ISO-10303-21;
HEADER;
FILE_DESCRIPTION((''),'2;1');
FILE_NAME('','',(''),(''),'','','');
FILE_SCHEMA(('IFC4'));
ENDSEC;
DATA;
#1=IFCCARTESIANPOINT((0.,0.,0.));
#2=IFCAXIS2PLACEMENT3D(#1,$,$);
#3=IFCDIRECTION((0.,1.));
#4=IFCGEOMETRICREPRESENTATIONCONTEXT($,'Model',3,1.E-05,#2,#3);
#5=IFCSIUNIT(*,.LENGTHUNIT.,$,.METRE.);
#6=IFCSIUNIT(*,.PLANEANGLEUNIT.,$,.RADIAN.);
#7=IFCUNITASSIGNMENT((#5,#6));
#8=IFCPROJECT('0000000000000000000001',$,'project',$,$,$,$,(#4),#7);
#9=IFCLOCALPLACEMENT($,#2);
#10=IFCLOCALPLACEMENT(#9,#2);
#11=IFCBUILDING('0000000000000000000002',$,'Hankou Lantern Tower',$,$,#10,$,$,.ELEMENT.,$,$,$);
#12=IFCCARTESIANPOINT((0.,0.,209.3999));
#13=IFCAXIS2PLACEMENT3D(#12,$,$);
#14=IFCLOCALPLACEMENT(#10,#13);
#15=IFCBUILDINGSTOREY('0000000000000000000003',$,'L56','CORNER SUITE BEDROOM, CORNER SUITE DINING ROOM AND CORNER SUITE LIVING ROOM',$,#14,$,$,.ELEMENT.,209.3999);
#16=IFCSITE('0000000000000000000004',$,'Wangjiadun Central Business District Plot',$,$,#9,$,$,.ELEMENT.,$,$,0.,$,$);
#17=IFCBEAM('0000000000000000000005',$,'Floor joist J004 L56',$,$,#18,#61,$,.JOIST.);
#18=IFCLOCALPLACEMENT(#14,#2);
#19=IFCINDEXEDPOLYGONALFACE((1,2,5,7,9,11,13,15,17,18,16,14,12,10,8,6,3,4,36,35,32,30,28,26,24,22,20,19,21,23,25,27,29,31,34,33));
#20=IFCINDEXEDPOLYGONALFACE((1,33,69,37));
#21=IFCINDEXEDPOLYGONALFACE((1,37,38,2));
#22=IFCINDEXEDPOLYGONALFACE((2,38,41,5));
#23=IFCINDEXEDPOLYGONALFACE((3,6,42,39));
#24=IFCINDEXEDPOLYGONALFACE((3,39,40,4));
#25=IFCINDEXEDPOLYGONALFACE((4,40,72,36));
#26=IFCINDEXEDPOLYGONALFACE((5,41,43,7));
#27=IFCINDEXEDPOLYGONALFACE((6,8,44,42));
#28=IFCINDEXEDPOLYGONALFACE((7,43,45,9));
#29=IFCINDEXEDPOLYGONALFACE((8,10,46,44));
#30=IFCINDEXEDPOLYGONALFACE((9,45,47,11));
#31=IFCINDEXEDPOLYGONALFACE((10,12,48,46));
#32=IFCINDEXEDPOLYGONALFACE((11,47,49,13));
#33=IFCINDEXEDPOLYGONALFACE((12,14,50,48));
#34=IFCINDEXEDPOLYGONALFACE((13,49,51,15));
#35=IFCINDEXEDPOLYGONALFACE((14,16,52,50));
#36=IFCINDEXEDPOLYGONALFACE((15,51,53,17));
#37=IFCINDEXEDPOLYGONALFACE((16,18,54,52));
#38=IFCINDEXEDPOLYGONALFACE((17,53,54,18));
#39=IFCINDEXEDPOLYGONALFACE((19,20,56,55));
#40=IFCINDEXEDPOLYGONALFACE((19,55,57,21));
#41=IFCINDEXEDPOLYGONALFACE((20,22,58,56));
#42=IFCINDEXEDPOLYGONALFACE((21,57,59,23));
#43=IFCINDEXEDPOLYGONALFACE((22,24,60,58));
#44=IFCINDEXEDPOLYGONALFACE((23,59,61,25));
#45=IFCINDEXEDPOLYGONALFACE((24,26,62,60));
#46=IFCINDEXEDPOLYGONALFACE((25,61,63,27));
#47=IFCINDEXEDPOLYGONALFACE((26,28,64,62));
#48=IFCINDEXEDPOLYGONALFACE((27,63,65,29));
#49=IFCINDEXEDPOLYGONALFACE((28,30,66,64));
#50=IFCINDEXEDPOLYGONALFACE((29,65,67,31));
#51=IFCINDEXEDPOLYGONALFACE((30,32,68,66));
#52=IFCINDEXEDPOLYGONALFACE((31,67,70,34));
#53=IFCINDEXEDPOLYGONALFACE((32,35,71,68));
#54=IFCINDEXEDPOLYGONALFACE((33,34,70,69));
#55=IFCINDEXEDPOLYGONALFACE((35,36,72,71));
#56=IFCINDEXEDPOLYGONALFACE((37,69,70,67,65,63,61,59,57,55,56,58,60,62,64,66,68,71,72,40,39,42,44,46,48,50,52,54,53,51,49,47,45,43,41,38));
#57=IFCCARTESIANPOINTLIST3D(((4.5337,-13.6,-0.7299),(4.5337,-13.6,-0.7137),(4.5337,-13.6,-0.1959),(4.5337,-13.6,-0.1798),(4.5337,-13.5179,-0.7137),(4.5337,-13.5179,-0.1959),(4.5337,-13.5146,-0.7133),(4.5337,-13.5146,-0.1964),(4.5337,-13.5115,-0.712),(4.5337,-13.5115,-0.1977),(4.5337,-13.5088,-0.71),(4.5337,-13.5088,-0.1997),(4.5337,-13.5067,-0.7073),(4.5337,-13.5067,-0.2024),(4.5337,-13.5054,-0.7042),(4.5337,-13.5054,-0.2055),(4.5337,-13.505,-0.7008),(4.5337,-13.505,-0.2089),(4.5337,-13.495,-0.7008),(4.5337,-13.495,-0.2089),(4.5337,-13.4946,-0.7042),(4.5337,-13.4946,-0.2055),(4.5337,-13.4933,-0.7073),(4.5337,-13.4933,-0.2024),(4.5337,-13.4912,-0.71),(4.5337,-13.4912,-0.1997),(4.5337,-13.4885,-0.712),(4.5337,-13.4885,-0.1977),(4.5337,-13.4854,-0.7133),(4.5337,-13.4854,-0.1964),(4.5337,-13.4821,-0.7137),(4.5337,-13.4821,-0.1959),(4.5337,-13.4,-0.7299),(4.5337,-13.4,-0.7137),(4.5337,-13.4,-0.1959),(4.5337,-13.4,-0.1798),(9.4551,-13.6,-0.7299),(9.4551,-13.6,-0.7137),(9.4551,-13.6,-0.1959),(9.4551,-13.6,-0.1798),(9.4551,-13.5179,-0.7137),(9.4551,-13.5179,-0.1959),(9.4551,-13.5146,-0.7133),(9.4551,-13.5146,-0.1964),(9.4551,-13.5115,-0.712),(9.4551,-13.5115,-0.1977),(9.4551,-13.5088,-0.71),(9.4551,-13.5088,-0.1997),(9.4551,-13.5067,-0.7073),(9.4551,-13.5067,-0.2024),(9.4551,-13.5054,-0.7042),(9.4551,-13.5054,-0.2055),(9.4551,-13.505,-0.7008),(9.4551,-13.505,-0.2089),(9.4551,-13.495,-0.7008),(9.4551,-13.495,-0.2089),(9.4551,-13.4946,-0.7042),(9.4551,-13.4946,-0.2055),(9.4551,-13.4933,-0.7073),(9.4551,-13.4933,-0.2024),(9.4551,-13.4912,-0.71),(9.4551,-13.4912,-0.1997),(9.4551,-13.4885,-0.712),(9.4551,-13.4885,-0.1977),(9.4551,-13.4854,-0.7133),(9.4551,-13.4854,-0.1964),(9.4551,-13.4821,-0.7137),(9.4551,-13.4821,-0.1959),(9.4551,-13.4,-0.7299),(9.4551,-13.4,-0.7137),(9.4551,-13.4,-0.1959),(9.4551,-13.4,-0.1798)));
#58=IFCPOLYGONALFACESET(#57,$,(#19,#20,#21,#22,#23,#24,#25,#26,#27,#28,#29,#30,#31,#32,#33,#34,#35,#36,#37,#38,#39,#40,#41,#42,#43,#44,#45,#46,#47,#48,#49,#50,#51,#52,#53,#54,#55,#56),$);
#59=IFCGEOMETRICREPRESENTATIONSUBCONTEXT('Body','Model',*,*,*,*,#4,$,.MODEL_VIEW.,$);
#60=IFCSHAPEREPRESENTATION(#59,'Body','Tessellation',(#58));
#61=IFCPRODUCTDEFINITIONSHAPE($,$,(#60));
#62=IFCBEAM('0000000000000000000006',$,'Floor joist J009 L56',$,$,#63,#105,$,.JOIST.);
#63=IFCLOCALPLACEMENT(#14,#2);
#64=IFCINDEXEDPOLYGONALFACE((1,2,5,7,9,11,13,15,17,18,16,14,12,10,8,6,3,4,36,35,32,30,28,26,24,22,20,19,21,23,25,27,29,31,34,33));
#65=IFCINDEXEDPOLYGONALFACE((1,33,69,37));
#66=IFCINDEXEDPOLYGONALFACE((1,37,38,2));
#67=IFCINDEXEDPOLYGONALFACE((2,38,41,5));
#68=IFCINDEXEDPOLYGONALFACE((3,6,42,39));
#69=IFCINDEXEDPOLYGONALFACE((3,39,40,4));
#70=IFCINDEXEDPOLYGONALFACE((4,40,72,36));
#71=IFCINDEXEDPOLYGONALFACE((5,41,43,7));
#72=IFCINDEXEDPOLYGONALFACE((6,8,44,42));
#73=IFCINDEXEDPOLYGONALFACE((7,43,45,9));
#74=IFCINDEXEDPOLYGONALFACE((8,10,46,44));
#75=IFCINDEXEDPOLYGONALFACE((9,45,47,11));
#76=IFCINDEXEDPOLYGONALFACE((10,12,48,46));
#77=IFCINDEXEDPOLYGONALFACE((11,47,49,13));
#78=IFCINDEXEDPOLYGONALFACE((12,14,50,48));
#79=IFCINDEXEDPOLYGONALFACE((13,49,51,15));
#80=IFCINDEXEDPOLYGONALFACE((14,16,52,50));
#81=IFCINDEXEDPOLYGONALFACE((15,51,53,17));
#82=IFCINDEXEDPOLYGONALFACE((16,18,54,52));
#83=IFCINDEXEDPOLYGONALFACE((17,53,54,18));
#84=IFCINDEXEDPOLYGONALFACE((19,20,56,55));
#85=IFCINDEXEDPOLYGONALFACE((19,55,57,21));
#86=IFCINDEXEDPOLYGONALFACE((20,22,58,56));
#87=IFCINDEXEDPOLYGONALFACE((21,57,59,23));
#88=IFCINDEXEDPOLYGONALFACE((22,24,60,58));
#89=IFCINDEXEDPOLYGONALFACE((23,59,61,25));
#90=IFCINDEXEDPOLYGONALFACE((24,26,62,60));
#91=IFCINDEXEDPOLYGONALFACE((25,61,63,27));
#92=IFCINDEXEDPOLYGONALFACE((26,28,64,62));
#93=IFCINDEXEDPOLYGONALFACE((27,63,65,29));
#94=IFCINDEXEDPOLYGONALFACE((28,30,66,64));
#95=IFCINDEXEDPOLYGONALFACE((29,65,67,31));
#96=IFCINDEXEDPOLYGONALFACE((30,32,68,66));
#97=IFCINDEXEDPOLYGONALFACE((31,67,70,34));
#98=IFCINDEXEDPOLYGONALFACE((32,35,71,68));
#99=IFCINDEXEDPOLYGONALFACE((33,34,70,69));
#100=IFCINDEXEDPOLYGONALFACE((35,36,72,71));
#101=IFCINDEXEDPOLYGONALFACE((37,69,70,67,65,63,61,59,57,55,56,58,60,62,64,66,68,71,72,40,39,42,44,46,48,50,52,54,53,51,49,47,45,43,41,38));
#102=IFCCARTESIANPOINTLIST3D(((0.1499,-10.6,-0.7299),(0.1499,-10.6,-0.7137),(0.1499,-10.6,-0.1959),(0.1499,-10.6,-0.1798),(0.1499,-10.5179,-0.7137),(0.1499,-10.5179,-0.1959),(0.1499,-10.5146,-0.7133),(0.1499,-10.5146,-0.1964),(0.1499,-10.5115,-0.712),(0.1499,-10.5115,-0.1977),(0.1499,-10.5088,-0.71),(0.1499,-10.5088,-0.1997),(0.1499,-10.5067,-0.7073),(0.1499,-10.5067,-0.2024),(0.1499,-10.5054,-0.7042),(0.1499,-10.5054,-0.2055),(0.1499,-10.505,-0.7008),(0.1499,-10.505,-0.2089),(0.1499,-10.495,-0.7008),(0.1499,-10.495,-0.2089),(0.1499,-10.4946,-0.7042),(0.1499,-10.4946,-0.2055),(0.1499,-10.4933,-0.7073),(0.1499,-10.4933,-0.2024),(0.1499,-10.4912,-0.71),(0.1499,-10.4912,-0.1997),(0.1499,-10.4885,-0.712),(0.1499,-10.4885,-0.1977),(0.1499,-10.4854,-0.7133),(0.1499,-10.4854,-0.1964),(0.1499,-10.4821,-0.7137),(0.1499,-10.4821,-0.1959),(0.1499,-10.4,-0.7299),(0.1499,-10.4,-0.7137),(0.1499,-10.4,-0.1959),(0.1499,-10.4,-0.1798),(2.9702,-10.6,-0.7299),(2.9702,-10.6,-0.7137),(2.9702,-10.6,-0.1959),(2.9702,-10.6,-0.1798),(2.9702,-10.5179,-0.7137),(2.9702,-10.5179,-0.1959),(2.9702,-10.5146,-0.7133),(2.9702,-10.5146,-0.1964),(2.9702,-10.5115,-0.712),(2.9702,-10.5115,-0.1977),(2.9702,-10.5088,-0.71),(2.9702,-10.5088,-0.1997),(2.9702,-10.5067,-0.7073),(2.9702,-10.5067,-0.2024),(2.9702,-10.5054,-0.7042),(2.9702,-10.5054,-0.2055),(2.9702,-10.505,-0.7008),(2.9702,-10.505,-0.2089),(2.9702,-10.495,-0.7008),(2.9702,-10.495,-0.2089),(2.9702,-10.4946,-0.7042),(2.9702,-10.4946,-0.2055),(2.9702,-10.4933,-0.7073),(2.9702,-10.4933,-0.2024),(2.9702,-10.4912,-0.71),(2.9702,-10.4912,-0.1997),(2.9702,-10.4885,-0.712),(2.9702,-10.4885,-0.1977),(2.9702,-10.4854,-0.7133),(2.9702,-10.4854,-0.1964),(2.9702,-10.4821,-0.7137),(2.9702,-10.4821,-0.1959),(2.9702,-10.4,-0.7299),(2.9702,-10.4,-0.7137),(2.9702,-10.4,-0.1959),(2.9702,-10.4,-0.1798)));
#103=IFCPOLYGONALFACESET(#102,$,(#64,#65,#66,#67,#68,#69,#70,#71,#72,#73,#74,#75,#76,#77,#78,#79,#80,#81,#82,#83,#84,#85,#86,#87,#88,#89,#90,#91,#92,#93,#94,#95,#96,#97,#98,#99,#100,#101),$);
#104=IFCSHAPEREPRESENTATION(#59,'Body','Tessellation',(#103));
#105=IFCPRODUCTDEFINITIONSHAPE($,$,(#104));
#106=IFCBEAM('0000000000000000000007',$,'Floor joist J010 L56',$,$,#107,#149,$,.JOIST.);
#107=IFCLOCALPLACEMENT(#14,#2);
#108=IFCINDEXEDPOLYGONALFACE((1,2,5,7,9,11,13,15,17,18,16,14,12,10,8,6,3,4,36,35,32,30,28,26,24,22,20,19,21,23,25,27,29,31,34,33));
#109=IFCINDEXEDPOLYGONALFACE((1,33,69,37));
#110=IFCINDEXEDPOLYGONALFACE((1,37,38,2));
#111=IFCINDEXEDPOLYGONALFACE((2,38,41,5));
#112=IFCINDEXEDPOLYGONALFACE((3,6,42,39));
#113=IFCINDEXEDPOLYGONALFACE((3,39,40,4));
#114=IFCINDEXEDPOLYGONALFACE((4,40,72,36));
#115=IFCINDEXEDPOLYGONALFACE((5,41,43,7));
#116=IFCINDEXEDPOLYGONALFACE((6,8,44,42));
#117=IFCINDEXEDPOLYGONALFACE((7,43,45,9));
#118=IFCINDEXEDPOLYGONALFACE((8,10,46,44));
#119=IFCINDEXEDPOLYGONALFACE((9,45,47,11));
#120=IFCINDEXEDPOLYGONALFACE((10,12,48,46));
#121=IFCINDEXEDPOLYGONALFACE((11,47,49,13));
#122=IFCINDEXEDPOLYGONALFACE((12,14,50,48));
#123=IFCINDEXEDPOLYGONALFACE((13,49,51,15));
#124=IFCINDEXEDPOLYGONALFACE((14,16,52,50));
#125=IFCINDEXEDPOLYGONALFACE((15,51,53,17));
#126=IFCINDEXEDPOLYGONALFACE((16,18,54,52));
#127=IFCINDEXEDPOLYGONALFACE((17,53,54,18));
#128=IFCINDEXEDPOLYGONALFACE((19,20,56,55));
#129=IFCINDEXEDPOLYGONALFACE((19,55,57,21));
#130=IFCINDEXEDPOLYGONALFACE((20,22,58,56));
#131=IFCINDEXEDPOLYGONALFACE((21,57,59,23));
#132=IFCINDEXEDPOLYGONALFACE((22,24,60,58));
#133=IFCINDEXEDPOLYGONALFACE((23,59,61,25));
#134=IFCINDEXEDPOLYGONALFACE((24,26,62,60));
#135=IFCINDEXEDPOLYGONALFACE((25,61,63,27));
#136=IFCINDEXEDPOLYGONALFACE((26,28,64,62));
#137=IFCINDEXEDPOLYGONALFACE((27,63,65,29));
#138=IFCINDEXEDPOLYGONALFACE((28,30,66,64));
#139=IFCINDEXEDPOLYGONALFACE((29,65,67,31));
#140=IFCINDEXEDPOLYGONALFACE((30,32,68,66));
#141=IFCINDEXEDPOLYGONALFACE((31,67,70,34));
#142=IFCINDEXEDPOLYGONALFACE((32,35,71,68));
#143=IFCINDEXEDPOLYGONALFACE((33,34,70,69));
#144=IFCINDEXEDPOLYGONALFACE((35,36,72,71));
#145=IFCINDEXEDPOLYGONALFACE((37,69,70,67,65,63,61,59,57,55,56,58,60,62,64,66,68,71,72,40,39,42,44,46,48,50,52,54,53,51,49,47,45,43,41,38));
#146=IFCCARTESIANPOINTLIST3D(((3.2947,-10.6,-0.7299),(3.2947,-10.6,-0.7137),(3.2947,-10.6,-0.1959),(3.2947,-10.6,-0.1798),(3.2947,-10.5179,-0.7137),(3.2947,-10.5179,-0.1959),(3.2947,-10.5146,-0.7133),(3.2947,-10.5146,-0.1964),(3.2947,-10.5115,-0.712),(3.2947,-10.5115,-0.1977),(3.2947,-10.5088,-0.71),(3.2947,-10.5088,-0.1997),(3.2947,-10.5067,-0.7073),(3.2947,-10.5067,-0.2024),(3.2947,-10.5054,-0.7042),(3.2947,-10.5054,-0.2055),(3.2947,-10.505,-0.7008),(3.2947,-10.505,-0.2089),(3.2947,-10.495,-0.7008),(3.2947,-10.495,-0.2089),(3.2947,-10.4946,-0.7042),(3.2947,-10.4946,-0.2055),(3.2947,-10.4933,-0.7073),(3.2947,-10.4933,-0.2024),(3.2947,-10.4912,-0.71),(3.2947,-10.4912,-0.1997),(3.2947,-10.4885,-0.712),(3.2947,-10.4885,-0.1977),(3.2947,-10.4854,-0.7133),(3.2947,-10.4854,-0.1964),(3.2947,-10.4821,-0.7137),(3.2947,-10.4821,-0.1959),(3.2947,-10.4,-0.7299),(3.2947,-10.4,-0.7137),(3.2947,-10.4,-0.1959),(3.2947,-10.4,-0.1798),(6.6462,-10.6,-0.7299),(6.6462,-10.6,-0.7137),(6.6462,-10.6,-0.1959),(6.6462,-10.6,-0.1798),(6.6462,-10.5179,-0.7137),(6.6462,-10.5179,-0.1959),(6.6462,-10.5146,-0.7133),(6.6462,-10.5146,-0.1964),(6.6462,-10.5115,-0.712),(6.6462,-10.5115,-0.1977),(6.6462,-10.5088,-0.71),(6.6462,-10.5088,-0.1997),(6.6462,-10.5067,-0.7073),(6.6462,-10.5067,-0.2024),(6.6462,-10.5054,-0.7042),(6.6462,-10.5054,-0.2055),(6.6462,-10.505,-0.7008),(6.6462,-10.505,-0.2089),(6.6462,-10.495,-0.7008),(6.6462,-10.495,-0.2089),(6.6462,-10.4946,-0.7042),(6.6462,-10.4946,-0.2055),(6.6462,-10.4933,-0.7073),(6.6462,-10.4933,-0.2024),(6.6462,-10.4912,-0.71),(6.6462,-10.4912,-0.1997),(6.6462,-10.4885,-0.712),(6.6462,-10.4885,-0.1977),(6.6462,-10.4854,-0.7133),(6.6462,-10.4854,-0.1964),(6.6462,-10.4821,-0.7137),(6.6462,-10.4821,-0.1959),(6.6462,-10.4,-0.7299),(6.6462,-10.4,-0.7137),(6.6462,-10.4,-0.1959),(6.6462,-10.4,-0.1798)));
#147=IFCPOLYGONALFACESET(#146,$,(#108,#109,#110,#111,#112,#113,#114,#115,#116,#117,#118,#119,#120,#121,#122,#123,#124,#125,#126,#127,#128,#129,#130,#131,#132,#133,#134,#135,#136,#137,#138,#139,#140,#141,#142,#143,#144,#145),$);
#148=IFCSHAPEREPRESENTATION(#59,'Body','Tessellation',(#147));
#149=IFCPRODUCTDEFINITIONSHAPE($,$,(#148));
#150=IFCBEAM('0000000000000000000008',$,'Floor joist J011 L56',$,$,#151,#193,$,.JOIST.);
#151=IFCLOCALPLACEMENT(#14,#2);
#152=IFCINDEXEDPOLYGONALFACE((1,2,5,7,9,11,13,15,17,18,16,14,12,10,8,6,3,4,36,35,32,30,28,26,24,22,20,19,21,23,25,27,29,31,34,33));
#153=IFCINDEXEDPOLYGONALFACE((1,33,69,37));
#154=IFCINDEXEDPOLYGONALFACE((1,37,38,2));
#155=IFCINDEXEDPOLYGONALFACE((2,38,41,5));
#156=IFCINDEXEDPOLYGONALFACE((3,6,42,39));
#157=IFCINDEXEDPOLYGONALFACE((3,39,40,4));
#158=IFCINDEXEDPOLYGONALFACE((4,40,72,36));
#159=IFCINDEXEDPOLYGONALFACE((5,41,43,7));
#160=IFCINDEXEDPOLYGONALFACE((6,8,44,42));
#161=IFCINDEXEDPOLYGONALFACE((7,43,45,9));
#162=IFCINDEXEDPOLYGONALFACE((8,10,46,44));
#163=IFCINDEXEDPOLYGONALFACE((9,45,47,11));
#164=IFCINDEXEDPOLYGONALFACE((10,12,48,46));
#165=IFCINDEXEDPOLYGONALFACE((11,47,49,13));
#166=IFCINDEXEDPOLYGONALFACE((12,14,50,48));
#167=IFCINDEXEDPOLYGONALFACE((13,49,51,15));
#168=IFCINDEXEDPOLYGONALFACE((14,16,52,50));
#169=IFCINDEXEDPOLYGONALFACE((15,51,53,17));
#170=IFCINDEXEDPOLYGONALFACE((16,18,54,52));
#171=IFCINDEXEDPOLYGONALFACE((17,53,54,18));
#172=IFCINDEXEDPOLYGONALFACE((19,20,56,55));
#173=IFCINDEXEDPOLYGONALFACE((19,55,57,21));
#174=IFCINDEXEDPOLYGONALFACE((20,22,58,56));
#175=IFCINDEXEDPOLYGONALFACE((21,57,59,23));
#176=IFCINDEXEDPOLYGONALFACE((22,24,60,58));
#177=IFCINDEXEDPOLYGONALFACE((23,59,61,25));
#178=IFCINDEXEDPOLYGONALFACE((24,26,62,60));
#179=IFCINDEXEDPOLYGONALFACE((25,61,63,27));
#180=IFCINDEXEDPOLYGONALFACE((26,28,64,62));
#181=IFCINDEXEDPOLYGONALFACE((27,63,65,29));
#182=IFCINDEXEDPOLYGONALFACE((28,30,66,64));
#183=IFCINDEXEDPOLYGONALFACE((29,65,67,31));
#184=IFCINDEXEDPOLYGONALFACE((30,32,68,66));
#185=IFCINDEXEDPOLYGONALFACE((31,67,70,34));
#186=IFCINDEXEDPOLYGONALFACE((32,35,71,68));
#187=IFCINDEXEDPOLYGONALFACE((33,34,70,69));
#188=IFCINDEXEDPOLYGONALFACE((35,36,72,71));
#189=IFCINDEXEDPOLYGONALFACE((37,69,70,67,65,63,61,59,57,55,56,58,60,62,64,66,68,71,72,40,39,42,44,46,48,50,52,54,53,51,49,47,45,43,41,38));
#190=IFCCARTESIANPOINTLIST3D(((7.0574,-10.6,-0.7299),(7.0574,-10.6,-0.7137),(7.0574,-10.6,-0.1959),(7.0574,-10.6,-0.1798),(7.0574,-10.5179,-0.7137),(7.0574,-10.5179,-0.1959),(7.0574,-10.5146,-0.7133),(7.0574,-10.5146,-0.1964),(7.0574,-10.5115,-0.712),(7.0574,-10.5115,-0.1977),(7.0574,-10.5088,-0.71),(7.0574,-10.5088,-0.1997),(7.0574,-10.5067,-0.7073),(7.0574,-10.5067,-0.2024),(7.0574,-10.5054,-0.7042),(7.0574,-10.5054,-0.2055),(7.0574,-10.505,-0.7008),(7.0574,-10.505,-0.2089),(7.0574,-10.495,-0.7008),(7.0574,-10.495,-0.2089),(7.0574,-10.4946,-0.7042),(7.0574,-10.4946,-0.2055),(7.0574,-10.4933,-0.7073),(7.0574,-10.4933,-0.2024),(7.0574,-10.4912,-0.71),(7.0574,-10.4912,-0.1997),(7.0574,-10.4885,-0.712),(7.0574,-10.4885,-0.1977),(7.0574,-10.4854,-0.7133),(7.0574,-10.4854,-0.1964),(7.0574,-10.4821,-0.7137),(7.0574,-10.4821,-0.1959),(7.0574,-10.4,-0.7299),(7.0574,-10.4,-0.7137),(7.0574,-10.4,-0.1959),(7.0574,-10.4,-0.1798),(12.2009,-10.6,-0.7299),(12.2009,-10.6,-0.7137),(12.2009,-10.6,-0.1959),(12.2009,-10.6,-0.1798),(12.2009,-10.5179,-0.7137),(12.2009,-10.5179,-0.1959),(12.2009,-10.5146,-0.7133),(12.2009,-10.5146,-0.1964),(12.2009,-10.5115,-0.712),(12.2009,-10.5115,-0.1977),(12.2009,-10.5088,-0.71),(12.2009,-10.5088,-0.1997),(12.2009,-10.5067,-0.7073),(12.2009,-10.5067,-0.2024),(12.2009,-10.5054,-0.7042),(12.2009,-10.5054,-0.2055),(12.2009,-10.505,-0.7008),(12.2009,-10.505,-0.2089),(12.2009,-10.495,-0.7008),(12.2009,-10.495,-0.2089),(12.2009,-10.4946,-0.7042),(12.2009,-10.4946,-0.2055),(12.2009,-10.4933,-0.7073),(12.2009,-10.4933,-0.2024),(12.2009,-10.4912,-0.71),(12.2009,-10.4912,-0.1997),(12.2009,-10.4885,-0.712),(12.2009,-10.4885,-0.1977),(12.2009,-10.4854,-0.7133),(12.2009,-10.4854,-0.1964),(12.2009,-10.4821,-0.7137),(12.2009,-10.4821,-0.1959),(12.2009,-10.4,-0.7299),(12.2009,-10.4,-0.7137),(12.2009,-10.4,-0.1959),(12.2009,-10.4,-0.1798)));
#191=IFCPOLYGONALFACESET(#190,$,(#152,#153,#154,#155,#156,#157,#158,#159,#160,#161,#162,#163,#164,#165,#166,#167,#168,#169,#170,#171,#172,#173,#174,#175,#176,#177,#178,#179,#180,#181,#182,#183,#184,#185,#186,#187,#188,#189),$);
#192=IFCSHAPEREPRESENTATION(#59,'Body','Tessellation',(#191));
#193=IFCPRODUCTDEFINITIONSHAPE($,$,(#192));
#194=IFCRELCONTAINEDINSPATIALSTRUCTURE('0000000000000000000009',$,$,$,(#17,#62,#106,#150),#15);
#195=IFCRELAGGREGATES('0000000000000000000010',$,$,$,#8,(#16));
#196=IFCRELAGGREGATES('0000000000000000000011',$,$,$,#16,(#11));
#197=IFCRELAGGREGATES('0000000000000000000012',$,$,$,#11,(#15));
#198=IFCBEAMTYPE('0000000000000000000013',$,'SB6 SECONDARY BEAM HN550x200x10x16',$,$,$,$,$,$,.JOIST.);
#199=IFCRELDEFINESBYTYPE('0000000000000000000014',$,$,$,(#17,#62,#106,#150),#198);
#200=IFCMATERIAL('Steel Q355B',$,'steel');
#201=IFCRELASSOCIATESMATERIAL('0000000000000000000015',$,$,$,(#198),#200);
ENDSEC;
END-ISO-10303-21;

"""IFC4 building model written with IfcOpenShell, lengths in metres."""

from ifc_helpers import new_model, si_unit, direction, frame, origin, origin_2d, place, context, subcontext, project, spatial, i_section, extrude, material, material_profile, profile_set, type_object, element, save


model = new_model("IFC4")

# Units and contexts
model_context = context("Model", 3, precision=1e-05, world=origin(), true_north=direction((0.0, 1.0)))
body_context = subcontext(model_context, "Body", "Model", "MODEL_VIEW")
ifc_project = project(units=[si_unit("LENGTHUNIT", "METRE"), si_unit("PLANEANGLEUNIT", "RADIAN")], contexts=[model_context])

# Site, building, storey
site_placement = place(None, origin())
site = spatial("IfcSite", under=ifc_project, at=site_placement, Name="Wangjiadun Central Business District Plot", CompositionType="ELEMENT", RefElevation=0.0)
building_placement = place(site_placement, origin())
building = spatial("IfcBuilding", under=site, at=building_placement, Name="Hankou Lantern Tower", CompositionType="ELEMENT")
storey_placement = place(building_placement, frame((0.0, 0.0, 209.3999)))
storey = spatial("IfcBuildingStorey", under=building, at=storey_placement, Name="L56", Description="CORNER SUITE BEDROOM, CORNER SUITE DINING ROOM AND CORNER SUITE LIVING ROOM", CompositionType="ELEMENT", Elevation=209.3999)

# Beams
ifc_material_1 = material(Name="Steel Q355B", Category="steel")
ifc_material_profile_1 = material_profile(ifc_material_1, i_section(OverallWidth=0.2, OverallDepth=0.55, WebThickness=0.01, FlangeThickness=0.0161, FilletRadius=0.0129, at=origin_2d()), Name="HN550x200x10x16")
ifc_profile_set_1 = profile_set([ifc_material_profile_1], Name="Steel Q355B")
beam_type_1 = type_object("IfcBeamType", Name="SB6 SECONDARY BEAM HN550x200x10x16", PredefinedType="JOIST", material=ifc_profile_set_1)
beam_1_placement = place(storey_placement, frame((4.5337, -13.5, -0.4548), z_axis=(1.0, 0.0, 0.0), x_axis=(0.0, 1.0, 0.0)))
element("IfcBeam", 1, at=beam_1_placement, inside=storey, type_object=beam_type_1, Name="Floor joist J004 L56", PredefinedType="JOIST", context=body_context, shape_type="SweptSolid", body=[
    extrude(i_section(OverallWidth=0.2, OverallDepth=0.55, WebThickness=0.01, FlangeThickness=0.0161, FilletRadius=0.0129, at=origin_2d()), origin(), (0.0, 0.0, 1.0), 4.9214),
])
beam_2_placement = place(storey_placement, frame((0.1499, -10.5, -0.4548), z_axis=(1.0, 0.0, 0.0), x_axis=(0.0, 1.0, 0.0)))
element("IfcBeam", 2, at=beam_2_placement, inside=storey, type_object=beam_type_1, Name="Floor joist J009 L56", PredefinedType="JOIST", context=body_context, shape_type="SweptSolid", body=[
    extrude(i_section(OverallWidth=0.2, OverallDepth=0.55, WebThickness=0.01, FlangeThickness=0.0161, FilletRadius=0.0129, at=origin_2d()), origin(), (0.0, 0.0, 1.0), 2.8203),
])
beam_3_placement = place(storey_placement, frame((3.2947, -10.5, -0.4548), z_axis=(1.0, 0.0, 0.0), x_axis=(0.0, 1.0, 0.0)))
element("IfcBeam", 3, at=beam_3_placement, inside=storey, type_object=beam_type_1, Name="Floor joist J010 L56", PredefinedType="JOIST", context=body_context, shape_type="SweptSolid", body=[
    extrude(i_section(OverallWidth=0.2, OverallDepth=0.55, WebThickness=0.01, FlangeThickness=0.0161, FilletRadius=0.0129, at=origin_2d()), origin(), (0.0, 0.0, 1.0), 3.3516),
])
beam_4_placement = place(storey_placement, frame((7.0574, -10.5, -0.4548), z_axis=(1.0, 0.0, 0.0), x_axis=(0.0, 1.0, 0.0)))
element("IfcBeam", 4, at=beam_4_placement, inside=storey, type_object=beam_type_1, Name="Floor joist J011 L56", PredefinedType="JOIST", context=body_context, shape_type="SweptSolid", body=[
    extrude(i_section(OverallWidth=0.2, OverallDepth=0.55, WebThickness=0.01, FlangeThickness=0.0161, FilletRadius=0.0129, at=origin_2d()), origin(), (0.0, 0.0, 1.0), 5.1436),
])

save(model, "model.ifc")
